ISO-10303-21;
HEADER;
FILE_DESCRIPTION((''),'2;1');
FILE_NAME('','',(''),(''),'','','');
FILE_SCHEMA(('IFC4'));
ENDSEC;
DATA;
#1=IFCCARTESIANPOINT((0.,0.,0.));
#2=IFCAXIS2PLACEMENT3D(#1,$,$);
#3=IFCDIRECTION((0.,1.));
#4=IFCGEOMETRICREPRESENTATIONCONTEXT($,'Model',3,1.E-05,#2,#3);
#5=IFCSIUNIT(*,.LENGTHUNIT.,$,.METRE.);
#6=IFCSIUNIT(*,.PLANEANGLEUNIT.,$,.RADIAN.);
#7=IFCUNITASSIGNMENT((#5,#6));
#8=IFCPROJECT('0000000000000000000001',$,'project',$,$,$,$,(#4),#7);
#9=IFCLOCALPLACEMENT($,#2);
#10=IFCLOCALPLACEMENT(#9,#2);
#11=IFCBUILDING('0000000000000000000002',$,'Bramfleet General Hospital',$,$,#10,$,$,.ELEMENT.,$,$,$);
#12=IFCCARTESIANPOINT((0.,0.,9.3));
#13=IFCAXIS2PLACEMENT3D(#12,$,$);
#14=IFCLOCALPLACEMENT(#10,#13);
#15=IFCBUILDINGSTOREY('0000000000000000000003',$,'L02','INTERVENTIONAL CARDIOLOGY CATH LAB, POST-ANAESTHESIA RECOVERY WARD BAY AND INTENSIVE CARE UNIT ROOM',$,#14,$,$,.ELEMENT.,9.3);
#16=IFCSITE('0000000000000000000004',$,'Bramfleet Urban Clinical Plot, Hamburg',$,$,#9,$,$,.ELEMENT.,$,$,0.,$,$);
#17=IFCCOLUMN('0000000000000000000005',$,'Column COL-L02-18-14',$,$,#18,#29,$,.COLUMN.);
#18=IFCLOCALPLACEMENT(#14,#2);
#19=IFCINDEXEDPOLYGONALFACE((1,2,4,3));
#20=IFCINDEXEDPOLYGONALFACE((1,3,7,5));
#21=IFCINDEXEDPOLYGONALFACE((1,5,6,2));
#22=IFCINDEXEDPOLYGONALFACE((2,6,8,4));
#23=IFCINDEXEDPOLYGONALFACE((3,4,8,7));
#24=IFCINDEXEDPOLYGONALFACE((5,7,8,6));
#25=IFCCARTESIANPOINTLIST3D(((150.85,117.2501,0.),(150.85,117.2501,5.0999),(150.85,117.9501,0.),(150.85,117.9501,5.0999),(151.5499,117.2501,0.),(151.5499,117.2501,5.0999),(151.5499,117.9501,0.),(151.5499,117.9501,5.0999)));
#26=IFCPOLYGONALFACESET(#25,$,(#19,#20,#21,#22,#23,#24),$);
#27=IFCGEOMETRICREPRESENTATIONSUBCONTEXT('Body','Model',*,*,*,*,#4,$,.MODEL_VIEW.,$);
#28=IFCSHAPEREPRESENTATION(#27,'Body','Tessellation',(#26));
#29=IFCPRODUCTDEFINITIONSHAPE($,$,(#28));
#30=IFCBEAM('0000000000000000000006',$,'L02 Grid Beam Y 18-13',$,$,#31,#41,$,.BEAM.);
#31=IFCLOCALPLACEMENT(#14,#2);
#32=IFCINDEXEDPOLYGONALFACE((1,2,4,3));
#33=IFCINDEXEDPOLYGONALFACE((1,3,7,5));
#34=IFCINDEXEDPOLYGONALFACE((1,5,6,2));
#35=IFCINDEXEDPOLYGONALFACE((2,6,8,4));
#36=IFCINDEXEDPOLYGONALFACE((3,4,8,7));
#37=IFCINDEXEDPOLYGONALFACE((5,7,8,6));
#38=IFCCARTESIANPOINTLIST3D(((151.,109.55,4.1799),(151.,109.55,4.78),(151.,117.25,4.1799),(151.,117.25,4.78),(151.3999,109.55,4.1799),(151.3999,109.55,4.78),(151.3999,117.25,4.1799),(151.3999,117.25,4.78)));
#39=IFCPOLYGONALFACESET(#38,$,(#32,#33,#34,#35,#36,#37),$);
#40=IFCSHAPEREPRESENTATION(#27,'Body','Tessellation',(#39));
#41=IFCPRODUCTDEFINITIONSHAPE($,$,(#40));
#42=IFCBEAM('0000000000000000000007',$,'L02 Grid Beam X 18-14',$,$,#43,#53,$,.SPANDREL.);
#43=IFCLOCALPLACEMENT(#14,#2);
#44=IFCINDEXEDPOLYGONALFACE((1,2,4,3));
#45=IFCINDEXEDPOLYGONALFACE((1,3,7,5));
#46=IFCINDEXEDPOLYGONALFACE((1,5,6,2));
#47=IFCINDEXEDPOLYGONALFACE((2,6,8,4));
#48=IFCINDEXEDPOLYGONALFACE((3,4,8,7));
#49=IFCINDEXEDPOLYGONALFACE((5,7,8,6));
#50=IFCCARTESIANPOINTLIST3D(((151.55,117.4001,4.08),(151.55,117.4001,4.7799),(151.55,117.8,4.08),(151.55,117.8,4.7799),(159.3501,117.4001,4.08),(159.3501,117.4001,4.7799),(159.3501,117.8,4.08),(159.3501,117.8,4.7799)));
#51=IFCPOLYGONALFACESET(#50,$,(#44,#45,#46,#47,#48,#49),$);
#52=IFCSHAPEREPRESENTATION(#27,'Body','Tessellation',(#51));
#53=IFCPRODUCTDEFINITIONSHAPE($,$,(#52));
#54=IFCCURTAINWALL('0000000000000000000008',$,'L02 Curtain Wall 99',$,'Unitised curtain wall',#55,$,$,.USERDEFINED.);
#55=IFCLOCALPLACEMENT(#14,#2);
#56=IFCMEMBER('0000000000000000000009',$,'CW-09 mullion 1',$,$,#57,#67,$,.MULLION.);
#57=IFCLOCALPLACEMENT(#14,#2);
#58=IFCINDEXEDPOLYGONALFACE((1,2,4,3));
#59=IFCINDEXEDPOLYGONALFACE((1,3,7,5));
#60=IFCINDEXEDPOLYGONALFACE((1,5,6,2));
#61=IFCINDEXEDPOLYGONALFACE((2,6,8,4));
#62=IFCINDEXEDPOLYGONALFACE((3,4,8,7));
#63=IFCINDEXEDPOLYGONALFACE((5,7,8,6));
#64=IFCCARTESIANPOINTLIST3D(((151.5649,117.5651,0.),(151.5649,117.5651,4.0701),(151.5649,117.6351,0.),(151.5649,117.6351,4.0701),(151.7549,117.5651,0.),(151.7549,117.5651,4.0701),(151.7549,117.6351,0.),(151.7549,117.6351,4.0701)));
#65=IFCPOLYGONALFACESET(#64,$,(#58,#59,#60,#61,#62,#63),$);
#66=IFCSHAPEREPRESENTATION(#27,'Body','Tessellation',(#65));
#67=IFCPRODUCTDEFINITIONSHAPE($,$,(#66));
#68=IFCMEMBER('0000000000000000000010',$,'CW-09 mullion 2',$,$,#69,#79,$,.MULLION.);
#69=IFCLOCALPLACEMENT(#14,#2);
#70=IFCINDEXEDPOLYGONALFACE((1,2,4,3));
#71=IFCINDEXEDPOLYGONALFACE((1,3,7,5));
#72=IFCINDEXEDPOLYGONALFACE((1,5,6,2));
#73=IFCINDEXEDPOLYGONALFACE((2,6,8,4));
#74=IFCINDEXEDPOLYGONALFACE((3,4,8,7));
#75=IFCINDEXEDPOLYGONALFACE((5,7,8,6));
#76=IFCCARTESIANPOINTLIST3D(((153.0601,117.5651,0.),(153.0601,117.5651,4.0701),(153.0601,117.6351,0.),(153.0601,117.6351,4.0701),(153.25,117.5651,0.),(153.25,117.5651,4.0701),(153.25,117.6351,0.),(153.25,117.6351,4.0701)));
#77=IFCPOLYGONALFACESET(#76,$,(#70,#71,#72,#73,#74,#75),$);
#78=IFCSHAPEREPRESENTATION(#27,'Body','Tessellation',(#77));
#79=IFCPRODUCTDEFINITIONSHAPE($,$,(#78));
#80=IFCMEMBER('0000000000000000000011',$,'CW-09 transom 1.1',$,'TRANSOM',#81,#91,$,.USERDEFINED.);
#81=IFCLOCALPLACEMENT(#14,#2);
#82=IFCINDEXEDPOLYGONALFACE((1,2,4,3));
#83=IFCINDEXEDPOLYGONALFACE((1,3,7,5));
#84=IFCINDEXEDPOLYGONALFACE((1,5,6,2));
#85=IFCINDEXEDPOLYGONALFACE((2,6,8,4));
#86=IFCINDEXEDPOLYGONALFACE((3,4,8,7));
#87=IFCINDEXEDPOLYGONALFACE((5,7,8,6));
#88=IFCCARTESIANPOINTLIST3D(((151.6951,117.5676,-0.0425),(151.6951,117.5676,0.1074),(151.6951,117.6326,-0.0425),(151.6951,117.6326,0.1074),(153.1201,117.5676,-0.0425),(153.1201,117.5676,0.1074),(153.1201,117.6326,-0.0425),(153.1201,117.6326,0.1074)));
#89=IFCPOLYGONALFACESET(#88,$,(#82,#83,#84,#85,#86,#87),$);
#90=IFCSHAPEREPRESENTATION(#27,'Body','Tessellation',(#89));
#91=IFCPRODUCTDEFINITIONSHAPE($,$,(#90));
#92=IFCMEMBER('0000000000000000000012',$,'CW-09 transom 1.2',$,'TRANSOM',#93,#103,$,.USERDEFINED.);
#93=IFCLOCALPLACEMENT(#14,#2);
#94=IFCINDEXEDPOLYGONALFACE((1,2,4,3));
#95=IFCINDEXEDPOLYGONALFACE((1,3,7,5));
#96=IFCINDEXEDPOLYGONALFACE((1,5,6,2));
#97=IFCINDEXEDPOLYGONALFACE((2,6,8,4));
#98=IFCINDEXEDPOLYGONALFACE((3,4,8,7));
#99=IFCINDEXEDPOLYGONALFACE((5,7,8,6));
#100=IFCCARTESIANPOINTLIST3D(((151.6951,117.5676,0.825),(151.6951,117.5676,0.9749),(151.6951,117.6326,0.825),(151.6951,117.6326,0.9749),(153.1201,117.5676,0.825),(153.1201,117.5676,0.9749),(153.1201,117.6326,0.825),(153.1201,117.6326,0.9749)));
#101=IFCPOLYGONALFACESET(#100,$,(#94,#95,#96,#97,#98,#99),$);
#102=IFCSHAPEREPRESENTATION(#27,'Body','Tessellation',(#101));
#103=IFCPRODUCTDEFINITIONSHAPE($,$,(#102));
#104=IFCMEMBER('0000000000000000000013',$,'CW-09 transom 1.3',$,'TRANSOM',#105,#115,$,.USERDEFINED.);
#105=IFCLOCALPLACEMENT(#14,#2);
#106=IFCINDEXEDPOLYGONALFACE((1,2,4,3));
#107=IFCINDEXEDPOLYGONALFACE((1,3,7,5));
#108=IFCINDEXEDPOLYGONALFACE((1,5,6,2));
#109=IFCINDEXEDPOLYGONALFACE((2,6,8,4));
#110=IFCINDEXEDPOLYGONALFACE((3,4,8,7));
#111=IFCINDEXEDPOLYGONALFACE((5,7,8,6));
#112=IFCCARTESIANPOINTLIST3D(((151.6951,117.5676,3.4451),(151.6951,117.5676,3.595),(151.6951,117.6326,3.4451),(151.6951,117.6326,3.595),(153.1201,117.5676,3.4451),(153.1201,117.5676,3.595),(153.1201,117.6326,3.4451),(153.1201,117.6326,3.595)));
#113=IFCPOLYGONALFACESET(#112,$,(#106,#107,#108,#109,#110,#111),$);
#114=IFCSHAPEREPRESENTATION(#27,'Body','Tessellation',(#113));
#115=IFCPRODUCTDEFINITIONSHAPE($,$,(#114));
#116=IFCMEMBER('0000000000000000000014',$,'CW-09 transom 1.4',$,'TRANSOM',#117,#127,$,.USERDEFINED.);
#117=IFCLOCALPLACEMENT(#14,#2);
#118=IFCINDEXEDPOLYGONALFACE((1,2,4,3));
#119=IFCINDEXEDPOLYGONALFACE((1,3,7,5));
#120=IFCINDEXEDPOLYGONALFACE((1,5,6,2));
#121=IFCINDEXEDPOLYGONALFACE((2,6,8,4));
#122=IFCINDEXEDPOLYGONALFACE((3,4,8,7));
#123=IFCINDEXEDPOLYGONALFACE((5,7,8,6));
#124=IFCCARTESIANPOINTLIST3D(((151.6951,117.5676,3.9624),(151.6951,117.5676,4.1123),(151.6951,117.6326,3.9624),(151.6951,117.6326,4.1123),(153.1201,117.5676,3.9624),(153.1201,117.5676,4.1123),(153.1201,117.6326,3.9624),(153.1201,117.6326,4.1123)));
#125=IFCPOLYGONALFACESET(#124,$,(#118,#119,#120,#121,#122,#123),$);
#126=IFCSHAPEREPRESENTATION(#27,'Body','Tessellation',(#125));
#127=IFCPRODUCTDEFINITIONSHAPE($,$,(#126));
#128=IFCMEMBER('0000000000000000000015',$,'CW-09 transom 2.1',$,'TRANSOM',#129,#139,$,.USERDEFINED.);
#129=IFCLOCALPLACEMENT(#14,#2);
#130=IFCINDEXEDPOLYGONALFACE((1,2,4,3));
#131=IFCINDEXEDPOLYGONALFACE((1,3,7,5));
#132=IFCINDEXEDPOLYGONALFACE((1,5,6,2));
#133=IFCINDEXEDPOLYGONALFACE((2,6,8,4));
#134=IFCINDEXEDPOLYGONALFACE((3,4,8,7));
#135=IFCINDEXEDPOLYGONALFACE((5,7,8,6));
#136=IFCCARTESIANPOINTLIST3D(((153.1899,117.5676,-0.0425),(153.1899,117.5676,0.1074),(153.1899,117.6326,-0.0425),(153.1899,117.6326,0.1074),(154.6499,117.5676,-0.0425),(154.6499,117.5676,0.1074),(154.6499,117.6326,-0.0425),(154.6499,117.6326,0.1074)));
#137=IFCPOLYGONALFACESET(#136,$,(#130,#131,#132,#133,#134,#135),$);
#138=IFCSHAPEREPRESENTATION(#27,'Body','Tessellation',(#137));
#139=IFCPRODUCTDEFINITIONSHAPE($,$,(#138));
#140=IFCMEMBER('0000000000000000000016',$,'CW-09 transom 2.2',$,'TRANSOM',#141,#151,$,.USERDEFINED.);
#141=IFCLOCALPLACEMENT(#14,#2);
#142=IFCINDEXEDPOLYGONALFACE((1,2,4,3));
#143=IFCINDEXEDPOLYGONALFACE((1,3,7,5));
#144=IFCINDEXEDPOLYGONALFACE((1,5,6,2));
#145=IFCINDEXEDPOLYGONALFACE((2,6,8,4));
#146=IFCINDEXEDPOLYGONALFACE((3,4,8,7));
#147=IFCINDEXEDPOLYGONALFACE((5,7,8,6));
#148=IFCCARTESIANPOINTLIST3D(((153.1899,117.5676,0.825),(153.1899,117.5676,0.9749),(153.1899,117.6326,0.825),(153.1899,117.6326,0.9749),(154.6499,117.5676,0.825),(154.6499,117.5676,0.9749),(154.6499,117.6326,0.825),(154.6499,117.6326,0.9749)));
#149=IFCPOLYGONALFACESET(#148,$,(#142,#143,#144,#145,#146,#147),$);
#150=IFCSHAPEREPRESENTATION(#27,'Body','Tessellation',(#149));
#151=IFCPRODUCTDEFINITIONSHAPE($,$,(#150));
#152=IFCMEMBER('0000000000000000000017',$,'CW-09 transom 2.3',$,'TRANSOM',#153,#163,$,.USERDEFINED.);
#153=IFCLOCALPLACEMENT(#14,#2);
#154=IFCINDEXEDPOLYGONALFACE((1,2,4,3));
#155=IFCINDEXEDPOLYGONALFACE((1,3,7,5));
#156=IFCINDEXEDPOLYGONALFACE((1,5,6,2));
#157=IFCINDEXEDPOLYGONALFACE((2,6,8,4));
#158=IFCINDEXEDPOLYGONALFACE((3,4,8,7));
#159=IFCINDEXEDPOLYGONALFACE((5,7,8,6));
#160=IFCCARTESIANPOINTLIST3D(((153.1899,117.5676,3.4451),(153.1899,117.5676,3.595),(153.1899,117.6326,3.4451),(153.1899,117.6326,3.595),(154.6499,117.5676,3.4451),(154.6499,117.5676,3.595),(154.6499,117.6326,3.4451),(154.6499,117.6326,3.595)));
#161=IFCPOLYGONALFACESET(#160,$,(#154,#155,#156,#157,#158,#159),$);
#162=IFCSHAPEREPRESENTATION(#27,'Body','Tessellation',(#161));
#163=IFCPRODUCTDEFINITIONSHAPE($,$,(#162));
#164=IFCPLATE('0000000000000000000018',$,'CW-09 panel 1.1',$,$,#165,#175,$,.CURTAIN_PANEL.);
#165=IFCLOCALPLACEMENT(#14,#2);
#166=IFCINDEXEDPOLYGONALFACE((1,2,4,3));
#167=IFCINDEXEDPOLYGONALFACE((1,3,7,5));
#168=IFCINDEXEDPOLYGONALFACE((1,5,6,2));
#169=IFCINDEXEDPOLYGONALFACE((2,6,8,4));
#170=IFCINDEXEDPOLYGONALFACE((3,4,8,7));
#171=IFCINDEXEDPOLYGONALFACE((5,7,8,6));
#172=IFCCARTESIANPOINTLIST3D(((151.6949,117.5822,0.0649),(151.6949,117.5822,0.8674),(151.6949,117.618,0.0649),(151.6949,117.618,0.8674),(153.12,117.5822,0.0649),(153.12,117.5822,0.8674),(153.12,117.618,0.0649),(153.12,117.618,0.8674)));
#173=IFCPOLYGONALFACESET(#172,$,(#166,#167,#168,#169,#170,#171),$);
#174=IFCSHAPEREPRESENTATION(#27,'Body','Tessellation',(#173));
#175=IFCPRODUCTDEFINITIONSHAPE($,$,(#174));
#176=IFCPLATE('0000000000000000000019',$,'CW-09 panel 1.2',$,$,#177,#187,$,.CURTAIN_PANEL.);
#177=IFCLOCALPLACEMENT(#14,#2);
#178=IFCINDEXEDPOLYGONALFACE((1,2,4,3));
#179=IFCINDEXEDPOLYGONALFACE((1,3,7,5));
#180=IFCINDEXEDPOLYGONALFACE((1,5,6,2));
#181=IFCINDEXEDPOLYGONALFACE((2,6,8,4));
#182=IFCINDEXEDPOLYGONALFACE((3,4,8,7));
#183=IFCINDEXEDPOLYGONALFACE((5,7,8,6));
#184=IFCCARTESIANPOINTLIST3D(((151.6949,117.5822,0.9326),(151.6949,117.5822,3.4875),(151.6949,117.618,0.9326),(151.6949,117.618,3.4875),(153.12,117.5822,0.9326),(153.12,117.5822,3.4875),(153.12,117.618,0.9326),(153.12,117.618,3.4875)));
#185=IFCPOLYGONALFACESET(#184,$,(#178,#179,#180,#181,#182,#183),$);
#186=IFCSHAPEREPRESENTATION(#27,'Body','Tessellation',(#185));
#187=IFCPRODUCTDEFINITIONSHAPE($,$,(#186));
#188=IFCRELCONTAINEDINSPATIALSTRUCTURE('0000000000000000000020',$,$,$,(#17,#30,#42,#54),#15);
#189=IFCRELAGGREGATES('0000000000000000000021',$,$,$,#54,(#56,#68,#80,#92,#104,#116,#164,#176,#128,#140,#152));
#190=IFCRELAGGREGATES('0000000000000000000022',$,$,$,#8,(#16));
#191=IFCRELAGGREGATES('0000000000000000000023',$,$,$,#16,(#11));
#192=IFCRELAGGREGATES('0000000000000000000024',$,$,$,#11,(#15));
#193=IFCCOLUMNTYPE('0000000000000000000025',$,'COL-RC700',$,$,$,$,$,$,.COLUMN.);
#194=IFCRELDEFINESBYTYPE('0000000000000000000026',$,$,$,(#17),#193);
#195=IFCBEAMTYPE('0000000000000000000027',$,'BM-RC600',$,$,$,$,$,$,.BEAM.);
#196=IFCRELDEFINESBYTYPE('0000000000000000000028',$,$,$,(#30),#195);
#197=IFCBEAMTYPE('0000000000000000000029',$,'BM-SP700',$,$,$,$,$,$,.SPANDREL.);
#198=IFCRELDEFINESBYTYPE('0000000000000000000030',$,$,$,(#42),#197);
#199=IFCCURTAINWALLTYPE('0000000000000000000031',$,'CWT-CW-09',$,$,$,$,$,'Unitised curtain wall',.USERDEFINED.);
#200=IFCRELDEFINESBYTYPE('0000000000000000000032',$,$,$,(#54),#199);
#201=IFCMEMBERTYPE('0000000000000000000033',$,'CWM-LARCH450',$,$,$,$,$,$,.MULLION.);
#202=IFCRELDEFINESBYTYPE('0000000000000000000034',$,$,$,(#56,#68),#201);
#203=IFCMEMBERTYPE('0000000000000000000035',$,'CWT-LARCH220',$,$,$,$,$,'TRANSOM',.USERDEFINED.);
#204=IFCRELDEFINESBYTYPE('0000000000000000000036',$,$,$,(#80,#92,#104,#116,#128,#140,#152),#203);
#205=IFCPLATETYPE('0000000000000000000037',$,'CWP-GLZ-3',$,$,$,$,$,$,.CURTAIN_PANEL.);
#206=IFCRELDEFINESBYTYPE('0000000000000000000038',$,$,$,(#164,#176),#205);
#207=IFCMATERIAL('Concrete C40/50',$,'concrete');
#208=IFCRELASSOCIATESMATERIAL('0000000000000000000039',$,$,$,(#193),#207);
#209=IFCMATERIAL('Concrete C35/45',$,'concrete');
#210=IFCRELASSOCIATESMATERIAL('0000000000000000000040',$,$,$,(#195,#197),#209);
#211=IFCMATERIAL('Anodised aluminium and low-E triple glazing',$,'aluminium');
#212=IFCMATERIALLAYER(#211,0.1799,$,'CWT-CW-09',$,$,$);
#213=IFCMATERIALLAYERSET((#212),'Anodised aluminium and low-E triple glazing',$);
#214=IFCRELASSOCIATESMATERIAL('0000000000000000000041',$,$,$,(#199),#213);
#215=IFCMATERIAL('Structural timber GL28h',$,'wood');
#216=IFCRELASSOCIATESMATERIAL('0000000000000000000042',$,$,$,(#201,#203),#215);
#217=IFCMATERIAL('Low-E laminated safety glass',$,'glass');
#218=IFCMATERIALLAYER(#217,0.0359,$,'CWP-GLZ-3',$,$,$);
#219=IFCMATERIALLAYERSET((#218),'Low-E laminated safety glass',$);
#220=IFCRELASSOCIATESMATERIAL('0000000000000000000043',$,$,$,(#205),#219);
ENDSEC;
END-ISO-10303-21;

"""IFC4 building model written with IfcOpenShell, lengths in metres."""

from ifc_helpers import new_model, si_unit, direction, frame, origin, origin_2d, place, context, subcontext, project, spatial, rectangle, extrude, material, layer, layer_set, material_profile, profile_set, type_object, element, aggregate, save


model = new_model("IFC4")

# Units and contexts
model_context = context("Model", 3, precision=1e-05, world=origin(), true_north=direction((0.0, 1.0)))
body_context = subcontext(model_context, "Body", "Model", "MODEL_VIEW")
ifc_project = project(units=[si_unit("LENGTHUNIT", "METRE"), si_unit("PLANEANGLEUNIT", "RADIAN")], contexts=[model_context])

# Site, building, storey
site_placement = place(None, origin())
site = spatial("IfcSite", under=ifc_project, at=site_placement, Name="Bramfleet Urban Clinical Plot, Hamburg", CompositionType="ELEMENT", RefElevation=0.0)
building_placement = place(site_placement, origin())
building = spatial("IfcBuilding", under=site, at=building_placement, Name="Bramfleet General Hospital", CompositionType="ELEMENT")
storey_placement = place(building_placement, frame((0.0, 0.0, 9.3)))
storey = spatial("IfcBuildingStorey", under=building, at=storey_placement, Name="L02", Description="INTERVENTIONAL CARDIOLOGY CATH LAB, POST-ANAESTHESIA RECOVERY WARD BAY AND INTENSIVE CARE UNIT ROOM", CompositionType="ELEMENT", Elevation=9.3)

# Column
ifc_material_1 = material(Name="Concrete C40/50", Category="concrete")
ifc_material_profile_1 = material_profile(ifc_material_1, rectangle(XDim=0.7, YDim=0.7, at=origin_2d()), Name="RC COL 700x700")
ifc_profile_set_1 = profile_set([ifc_material_profile_1], Name="Concrete C40/50")
column_type = type_object("IfcColumnType", Name="COL-RC700", PredefinedType="COLUMN", material=ifc_profile_set_1)
column_placement = place(storey_placement, frame((151.2, 117.6001, 0.0), z_axis=(0.0, 0.0, 1.0), x_axis=(1.0, 0.0, 0.0)))
element("IfcColumn", 1, at=column_placement, inside=storey, type_object=column_type, Name="Column COL-L02-18-14", PredefinedType="COLUMN", context=body_context, shape_type="SweptSolid", body=[
    extrude(rectangle(XDim=0.7, YDim=0.7, at=origin_2d()), origin(), (0.0, 0.0, 1.0), 5.0999),
])

# Beams
ifc_material_2 = material(Name="Concrete C35/45", Category="concrete")
ifc_material_profile_2 = material_profile(ifc_material_2, rectangle(XDim=0.3999, YDim=0.6001, at=origin_2d()), Name="RC BM 600x400")
ifc_profile_set_2 = profile_set([ifc_material_profile_2], Name="Concrete C35/45")
beam_type_1 = type_object("IfcBeamType", Name="BM-RC600", PredefinedType="BEAM", material=ifc_profile_set_2)
beam_1_placement = place(storey_placement, frame((151.2, 109.55, 4.48), z_axis=(0.0, 1.0, 0.0), x_axis=(-1.0, 0.0, 0.0)))
element("IfcBeam", 2, at=beam_1_placement, inside=storey, type_object=beam_type_1, Name="L02 Grid Beam Y 18-13", PredefinedType="BEAM", context=body_context, shape_type="SweptSolid", body=[
    extrude(rectangle(XDim=0.3999, YDim=0.6001, at=origin_2d()), origin(), (0.0, 0.0, 1.0), 7.7),
])
ifc_material_profile_3 = material_profile(ifc_material_2, rectangle(XDim=0.3999, YDim=0.7, at=origin_2d()), Name="RC SP 700x400")
ifc_profile_set_3 = profile_set([ifc_material_profile_3], Name="Concrete C35/45")
beam_type_2 = type_object("IfcBeamType", Name="BM-SP700", PredefinedType="SPANDREL", material=ifc_profile_set_3)
beam_2_placement = place(storey_placement, frame((151.55, 117.6001, 4.4299), z_axis=(1.0, 0.0, 0.0), x_axis=(0.0, 1.0, 0.0)))
element("IfcBeam", 3, at=beam_2_placement, inside=storey, type_object=beam_type_2, Name="L02 Grid Beam X 18-14", PredefinedType="SPANDREL", context=body_context, shape_type="SweptSolid", body=[
    extrude(rectangle(XDim=0.3999, YDim=0.7, at=origin_2d()), origin(), (0.0, 0.0, 1.0), 7.8),
])

# Curtain wall, members, plates
ifc_material_3 = material(Name="Anodised aluminium and low-E triple glazing", Category="aluminium")
ifc_layer_1 = layer(ifc_material_3, 0.1799, Name="CWT-CW-09")
ifc_layer_set_1 = layer_set([ifc_layer_1], Name="Anodised aluminium and low-E triple glazing")
curtain_wall_type = type_object("IfcCurtainWallType", Name="CWT-CW-09", ElementType="Unitised curtain wall", PredefinedType="USERDEFINED", material=ifc_layer_set_1)
curtain_wall_placement = place(storey_placement, origin())
curtain_wall = element("IfcCurtainWall", 4, at=curtain_wall_placement, inside=storey, type_object=curtain_wall_type, Name="L02 Curtain Wall 99", ObjectType="Unitised curtain wall", PredefinedType="USERDEFINED")
ifc_material_4 = material(Name="Structural timber GL28h", Category="wood")
ifc_material_profile_4 = material_profile(ifc_material_4, rectangle(XDim=0.0701, YDim=0.1899, at=origin_2d()), Name="LARCH 190x70")
ifc_profile_set_4 = profile_set([ifc_material_profile_4], Name="Structural timber GL28h")
member_type_1 = type_object("IfcMemberType", Name="CWM-LARCH450", PredefinedType="MULLION", material=ifc_profile_set_4)
member_1_placement = place(storey_placement, frame((151.6599, 117.6001, 0.0), z_axis=(0.0, 0.0, 1.0), x_axis=(0.0, 1.0, 0.0)))
member_1 = element("IfcMember", 5, at=member_1_placement, type_object=member_type_1, Name="CW-09 mullion 1", PredefinedType="MULLION", context=body_context, shape_type="SweptSolid", body=[
    extrude(rectangle(XDim=0.0701, YDim=0.1899, at=origin_2d()), origin(), (0.0, 0.0, 1.0), 4.0701),
])
member_2_placement = place(storey_placement, frame((153.155, 117.6001, 0.0), z_axis=(0.0, 0.0, 1.0), x_axis=(0.0, 1.0, 0.0)))
member_2 = element("IfcMember", 6, at=member_2_placement, type_object=member_type_1, Name="CW-09 mullion 2", PredefinedType="MULLION", context=body_context, shape_type="SweptSolid", body=[
    extrude(rectangle(XDim=0.0701, YDim=0.1899, at=origin_2d()), origin(), (0.0, 0.0, 1.0), 4.0701),
])
ifc_material_profile_5 = material_profile(ifc_material_4, rectangle(XDim=0.0649, YDim=0.1499, at=origin_2d()), Name="LARCH 150x65")
ifc_profile_set_5 = profile_set([ifc_material_profile_5], Name="Structural timber GL28h")
member_type_2 = type_object("IfcMemberType", Name="CWT-LARCH220", ElementType="TRANSOM", PredefinedType="USERDEFINED", material=ifc_profile_set_5)
member_3_placement = place(storey_placement, frame((151.6951, 117.6001, 0.0325), z_axis=(1.0, 0.0, 0.0), x_axis=(0.0, 1.0, 0.0)))
member_3 = element("IfcMember", 7, at=member_3_placement, type_object=member_type_2, Name="CW-09 transom 1.1", ObjectType="TRANSOM", PredefinedType="USERDEFINED", context=body_context, shape_type="SweptSolid", body=[
    extrude(rectangle(XDim=0.0649, YDim=0.1499, at=origin_2d()), origin(), (0.0, 0.0, 1.0), 1.425),
])
member_4_placement = place(storey_placement, frame((151.6951, 117.6001, 0.8999), z_axis=(1.0, 0.0, 0.0), x_axis=(0.0, 1.0, 0.0)))
member_4 = element("IfcMember", 8, at=member_4_placement, type_object=member_type_2, Name="CW-09 transom 1.2", ObjectType="TRANSOM", PredefinedType="USERDEFINED", context=body_context, shape_type="SweptSolid", body=[
    extrude(rectangle(XDim=0.0649, YDim=0.1499, at=origin_2d()), origin(), (0.0, 0.0, 1.0), 1.425),
])
member_5_placement = place(storey_placement, frame((151.6951, 117.6001, 3.52), z_axis=(1.0, 0.0, 0.0), x_axis=(0.0, 1.0, 0.0)))
member_5 = element("IfcMember", 9, at=member_5_placement, type_object=member_type_2, Name="CW-09 transom 1.3", ObjectType="TRANSOM", PredefinedType="USERDEFINED", context=body_context, shape_type="SweptSolid", body=[
    extrude(rectangle(XDim=0.0649, YDim=0.1499, at=origin_2d()), origin(), (0.0, 0.0, 1.0), 1.425),
])
member_6_placement = place(storey_placement, frame((151.6951, 117.6001, 4.0374), z_axis=(1.0, 0.0, 0.0), x_axis=(0.0, 1.0, 0.0)))
member_6 = element("IfcMember", 10, at=member_6_placement, type_object=member_type_2, Name="CW-09 transom 1.4", ObjectType="TRANSOM", PredefinedType="USERDEFINED", context=body_context, shape_type="SweptSolid", body=[
    extrude(rectangle(XDim=0.0649, YDim=0.1499, at=origin_2d()), origin(), (0.0, 0.0, 1.0), 1.425),
])
member_7_placement = place(storey_placement, frame((153.1899, 117.6001, 0.0325), z_axis=(1.0, 0.0, 0.0), x_axis=(0.0, 1.0, 0.0)))
member_7 = element("IfcMember", 11, at=member_7_placement, type_object=member_type_2, Name="CW-09 transom 2.1", ObjectType="TRANSOM", PredefinedType="USERDEFINED", context=body_context, shape_type="SweptSolid", body=[
    extrude(rectangle(XDim=0.0649, YDim=0.1499, at=origin_2d()), origin(), (0.0, 0.0, 1.0), 1.46),
])
member_8_placement = place(storey_placement, frame((153.1899, 117.6001, 0.8999), z_axis=(1.0, 0.0, 0.0), x_axis=(0.0, 1.0, 0.0)))
member_8 = element("IfcMember", 12, at=member_8_placement, type_object=member_type_2, Name="CW-09 transom 2.2", ObjectType="TRANSOM", PredefinedType="USERDEFINED", context=body_context, shape_type="SweptSolid", body=[
    extrude(rectangle(XDim=0.0649, YDim=0.1499, at=origin_2d()), origin(), (0.0, 0.0, 1.0), 1.46),
])
member_9_placement = place(storey_placement, frame((153.1899, 117.6001, 3.52), z_axis=(1.0, 0.0, 0.0), x_axis=(0.0, 1.0, 0.0)))
member_9 = element("IfcMember", 13, at=member_9_placement, type_object=member_type_2, Name="CW-09 transom 2.3", ObjectType="TRANSOM", PredefinedType="USERDEFINED", context=body_context, shape_type="SweptSolid", body=[
    extrude(rectangle(XDim=0.0649, YDim=0.1499, at=origin_2d()), origin(), (0.0, 0.0, 1.0), 1.46),
])
ifc_material_5 = material(Name="Low-E laminated safety glass", Category="glass")
ifc_layer_2 = layer(ifc_material_5, 0.0359, Name="CWP-GLZ-3")
ifc_layer_set_2 = layer_set([ifc_layer_2], Name="Low-E laminated safety glass")
plate_type = type_object("IfcPlateType", Name="CWP-GLZ-3", PredefinedType="CURTAIN_PANEL", material=ifc_layer_set_2)
plate_1_placement = place(storey_placement, frame((152.4075, 117.6001, 0.0649), z_axis=(0.0, 0.0, 1.0), x_axis=(1.0, 0.0, 0.0)))
plate_1 = element("IfcPlate", 14, at=plate_1_placement, type_object=plate_type, Name="CW-09 panel 1.1", PredefinedType="CURTAIN_PANEL", context=body_context, shape_type="SweptSolid", body=[
    extrude(rectangle(XDim=1.425, YDim=0.0359, at=origin_2d()), origin(), (0.0, 0.0, 1.0), 0.8025),
])
plate_2_placement = place(storey_placement, frame((152.4075, 117.6001, 0.9326), z_axis=(0.0, 0.0, 1.0), x_axis=(1.0, 0.0, 0.0)))
plate_2 = element("IfcPlate", 15, at=plate_2_placement, type_object=plate_type, Name="CW-09 panel 1.2", PredefinedType="CURTAIN_PANEL", context=body_context, shape_type="SweptSolid", body=[
    extrude(rectangle(XDim=1.425, YDim=0.0359, at=origin_2d()), origin(), (0.0, 0.0, 1.0), 2.5549),
])
aggregate(curtain_wall, [member_1, member_2, member_3, member_4, member_5, member_6, plate_1, plate_2, member_7, member_8, member_9])

save(model, "model.ifc")
